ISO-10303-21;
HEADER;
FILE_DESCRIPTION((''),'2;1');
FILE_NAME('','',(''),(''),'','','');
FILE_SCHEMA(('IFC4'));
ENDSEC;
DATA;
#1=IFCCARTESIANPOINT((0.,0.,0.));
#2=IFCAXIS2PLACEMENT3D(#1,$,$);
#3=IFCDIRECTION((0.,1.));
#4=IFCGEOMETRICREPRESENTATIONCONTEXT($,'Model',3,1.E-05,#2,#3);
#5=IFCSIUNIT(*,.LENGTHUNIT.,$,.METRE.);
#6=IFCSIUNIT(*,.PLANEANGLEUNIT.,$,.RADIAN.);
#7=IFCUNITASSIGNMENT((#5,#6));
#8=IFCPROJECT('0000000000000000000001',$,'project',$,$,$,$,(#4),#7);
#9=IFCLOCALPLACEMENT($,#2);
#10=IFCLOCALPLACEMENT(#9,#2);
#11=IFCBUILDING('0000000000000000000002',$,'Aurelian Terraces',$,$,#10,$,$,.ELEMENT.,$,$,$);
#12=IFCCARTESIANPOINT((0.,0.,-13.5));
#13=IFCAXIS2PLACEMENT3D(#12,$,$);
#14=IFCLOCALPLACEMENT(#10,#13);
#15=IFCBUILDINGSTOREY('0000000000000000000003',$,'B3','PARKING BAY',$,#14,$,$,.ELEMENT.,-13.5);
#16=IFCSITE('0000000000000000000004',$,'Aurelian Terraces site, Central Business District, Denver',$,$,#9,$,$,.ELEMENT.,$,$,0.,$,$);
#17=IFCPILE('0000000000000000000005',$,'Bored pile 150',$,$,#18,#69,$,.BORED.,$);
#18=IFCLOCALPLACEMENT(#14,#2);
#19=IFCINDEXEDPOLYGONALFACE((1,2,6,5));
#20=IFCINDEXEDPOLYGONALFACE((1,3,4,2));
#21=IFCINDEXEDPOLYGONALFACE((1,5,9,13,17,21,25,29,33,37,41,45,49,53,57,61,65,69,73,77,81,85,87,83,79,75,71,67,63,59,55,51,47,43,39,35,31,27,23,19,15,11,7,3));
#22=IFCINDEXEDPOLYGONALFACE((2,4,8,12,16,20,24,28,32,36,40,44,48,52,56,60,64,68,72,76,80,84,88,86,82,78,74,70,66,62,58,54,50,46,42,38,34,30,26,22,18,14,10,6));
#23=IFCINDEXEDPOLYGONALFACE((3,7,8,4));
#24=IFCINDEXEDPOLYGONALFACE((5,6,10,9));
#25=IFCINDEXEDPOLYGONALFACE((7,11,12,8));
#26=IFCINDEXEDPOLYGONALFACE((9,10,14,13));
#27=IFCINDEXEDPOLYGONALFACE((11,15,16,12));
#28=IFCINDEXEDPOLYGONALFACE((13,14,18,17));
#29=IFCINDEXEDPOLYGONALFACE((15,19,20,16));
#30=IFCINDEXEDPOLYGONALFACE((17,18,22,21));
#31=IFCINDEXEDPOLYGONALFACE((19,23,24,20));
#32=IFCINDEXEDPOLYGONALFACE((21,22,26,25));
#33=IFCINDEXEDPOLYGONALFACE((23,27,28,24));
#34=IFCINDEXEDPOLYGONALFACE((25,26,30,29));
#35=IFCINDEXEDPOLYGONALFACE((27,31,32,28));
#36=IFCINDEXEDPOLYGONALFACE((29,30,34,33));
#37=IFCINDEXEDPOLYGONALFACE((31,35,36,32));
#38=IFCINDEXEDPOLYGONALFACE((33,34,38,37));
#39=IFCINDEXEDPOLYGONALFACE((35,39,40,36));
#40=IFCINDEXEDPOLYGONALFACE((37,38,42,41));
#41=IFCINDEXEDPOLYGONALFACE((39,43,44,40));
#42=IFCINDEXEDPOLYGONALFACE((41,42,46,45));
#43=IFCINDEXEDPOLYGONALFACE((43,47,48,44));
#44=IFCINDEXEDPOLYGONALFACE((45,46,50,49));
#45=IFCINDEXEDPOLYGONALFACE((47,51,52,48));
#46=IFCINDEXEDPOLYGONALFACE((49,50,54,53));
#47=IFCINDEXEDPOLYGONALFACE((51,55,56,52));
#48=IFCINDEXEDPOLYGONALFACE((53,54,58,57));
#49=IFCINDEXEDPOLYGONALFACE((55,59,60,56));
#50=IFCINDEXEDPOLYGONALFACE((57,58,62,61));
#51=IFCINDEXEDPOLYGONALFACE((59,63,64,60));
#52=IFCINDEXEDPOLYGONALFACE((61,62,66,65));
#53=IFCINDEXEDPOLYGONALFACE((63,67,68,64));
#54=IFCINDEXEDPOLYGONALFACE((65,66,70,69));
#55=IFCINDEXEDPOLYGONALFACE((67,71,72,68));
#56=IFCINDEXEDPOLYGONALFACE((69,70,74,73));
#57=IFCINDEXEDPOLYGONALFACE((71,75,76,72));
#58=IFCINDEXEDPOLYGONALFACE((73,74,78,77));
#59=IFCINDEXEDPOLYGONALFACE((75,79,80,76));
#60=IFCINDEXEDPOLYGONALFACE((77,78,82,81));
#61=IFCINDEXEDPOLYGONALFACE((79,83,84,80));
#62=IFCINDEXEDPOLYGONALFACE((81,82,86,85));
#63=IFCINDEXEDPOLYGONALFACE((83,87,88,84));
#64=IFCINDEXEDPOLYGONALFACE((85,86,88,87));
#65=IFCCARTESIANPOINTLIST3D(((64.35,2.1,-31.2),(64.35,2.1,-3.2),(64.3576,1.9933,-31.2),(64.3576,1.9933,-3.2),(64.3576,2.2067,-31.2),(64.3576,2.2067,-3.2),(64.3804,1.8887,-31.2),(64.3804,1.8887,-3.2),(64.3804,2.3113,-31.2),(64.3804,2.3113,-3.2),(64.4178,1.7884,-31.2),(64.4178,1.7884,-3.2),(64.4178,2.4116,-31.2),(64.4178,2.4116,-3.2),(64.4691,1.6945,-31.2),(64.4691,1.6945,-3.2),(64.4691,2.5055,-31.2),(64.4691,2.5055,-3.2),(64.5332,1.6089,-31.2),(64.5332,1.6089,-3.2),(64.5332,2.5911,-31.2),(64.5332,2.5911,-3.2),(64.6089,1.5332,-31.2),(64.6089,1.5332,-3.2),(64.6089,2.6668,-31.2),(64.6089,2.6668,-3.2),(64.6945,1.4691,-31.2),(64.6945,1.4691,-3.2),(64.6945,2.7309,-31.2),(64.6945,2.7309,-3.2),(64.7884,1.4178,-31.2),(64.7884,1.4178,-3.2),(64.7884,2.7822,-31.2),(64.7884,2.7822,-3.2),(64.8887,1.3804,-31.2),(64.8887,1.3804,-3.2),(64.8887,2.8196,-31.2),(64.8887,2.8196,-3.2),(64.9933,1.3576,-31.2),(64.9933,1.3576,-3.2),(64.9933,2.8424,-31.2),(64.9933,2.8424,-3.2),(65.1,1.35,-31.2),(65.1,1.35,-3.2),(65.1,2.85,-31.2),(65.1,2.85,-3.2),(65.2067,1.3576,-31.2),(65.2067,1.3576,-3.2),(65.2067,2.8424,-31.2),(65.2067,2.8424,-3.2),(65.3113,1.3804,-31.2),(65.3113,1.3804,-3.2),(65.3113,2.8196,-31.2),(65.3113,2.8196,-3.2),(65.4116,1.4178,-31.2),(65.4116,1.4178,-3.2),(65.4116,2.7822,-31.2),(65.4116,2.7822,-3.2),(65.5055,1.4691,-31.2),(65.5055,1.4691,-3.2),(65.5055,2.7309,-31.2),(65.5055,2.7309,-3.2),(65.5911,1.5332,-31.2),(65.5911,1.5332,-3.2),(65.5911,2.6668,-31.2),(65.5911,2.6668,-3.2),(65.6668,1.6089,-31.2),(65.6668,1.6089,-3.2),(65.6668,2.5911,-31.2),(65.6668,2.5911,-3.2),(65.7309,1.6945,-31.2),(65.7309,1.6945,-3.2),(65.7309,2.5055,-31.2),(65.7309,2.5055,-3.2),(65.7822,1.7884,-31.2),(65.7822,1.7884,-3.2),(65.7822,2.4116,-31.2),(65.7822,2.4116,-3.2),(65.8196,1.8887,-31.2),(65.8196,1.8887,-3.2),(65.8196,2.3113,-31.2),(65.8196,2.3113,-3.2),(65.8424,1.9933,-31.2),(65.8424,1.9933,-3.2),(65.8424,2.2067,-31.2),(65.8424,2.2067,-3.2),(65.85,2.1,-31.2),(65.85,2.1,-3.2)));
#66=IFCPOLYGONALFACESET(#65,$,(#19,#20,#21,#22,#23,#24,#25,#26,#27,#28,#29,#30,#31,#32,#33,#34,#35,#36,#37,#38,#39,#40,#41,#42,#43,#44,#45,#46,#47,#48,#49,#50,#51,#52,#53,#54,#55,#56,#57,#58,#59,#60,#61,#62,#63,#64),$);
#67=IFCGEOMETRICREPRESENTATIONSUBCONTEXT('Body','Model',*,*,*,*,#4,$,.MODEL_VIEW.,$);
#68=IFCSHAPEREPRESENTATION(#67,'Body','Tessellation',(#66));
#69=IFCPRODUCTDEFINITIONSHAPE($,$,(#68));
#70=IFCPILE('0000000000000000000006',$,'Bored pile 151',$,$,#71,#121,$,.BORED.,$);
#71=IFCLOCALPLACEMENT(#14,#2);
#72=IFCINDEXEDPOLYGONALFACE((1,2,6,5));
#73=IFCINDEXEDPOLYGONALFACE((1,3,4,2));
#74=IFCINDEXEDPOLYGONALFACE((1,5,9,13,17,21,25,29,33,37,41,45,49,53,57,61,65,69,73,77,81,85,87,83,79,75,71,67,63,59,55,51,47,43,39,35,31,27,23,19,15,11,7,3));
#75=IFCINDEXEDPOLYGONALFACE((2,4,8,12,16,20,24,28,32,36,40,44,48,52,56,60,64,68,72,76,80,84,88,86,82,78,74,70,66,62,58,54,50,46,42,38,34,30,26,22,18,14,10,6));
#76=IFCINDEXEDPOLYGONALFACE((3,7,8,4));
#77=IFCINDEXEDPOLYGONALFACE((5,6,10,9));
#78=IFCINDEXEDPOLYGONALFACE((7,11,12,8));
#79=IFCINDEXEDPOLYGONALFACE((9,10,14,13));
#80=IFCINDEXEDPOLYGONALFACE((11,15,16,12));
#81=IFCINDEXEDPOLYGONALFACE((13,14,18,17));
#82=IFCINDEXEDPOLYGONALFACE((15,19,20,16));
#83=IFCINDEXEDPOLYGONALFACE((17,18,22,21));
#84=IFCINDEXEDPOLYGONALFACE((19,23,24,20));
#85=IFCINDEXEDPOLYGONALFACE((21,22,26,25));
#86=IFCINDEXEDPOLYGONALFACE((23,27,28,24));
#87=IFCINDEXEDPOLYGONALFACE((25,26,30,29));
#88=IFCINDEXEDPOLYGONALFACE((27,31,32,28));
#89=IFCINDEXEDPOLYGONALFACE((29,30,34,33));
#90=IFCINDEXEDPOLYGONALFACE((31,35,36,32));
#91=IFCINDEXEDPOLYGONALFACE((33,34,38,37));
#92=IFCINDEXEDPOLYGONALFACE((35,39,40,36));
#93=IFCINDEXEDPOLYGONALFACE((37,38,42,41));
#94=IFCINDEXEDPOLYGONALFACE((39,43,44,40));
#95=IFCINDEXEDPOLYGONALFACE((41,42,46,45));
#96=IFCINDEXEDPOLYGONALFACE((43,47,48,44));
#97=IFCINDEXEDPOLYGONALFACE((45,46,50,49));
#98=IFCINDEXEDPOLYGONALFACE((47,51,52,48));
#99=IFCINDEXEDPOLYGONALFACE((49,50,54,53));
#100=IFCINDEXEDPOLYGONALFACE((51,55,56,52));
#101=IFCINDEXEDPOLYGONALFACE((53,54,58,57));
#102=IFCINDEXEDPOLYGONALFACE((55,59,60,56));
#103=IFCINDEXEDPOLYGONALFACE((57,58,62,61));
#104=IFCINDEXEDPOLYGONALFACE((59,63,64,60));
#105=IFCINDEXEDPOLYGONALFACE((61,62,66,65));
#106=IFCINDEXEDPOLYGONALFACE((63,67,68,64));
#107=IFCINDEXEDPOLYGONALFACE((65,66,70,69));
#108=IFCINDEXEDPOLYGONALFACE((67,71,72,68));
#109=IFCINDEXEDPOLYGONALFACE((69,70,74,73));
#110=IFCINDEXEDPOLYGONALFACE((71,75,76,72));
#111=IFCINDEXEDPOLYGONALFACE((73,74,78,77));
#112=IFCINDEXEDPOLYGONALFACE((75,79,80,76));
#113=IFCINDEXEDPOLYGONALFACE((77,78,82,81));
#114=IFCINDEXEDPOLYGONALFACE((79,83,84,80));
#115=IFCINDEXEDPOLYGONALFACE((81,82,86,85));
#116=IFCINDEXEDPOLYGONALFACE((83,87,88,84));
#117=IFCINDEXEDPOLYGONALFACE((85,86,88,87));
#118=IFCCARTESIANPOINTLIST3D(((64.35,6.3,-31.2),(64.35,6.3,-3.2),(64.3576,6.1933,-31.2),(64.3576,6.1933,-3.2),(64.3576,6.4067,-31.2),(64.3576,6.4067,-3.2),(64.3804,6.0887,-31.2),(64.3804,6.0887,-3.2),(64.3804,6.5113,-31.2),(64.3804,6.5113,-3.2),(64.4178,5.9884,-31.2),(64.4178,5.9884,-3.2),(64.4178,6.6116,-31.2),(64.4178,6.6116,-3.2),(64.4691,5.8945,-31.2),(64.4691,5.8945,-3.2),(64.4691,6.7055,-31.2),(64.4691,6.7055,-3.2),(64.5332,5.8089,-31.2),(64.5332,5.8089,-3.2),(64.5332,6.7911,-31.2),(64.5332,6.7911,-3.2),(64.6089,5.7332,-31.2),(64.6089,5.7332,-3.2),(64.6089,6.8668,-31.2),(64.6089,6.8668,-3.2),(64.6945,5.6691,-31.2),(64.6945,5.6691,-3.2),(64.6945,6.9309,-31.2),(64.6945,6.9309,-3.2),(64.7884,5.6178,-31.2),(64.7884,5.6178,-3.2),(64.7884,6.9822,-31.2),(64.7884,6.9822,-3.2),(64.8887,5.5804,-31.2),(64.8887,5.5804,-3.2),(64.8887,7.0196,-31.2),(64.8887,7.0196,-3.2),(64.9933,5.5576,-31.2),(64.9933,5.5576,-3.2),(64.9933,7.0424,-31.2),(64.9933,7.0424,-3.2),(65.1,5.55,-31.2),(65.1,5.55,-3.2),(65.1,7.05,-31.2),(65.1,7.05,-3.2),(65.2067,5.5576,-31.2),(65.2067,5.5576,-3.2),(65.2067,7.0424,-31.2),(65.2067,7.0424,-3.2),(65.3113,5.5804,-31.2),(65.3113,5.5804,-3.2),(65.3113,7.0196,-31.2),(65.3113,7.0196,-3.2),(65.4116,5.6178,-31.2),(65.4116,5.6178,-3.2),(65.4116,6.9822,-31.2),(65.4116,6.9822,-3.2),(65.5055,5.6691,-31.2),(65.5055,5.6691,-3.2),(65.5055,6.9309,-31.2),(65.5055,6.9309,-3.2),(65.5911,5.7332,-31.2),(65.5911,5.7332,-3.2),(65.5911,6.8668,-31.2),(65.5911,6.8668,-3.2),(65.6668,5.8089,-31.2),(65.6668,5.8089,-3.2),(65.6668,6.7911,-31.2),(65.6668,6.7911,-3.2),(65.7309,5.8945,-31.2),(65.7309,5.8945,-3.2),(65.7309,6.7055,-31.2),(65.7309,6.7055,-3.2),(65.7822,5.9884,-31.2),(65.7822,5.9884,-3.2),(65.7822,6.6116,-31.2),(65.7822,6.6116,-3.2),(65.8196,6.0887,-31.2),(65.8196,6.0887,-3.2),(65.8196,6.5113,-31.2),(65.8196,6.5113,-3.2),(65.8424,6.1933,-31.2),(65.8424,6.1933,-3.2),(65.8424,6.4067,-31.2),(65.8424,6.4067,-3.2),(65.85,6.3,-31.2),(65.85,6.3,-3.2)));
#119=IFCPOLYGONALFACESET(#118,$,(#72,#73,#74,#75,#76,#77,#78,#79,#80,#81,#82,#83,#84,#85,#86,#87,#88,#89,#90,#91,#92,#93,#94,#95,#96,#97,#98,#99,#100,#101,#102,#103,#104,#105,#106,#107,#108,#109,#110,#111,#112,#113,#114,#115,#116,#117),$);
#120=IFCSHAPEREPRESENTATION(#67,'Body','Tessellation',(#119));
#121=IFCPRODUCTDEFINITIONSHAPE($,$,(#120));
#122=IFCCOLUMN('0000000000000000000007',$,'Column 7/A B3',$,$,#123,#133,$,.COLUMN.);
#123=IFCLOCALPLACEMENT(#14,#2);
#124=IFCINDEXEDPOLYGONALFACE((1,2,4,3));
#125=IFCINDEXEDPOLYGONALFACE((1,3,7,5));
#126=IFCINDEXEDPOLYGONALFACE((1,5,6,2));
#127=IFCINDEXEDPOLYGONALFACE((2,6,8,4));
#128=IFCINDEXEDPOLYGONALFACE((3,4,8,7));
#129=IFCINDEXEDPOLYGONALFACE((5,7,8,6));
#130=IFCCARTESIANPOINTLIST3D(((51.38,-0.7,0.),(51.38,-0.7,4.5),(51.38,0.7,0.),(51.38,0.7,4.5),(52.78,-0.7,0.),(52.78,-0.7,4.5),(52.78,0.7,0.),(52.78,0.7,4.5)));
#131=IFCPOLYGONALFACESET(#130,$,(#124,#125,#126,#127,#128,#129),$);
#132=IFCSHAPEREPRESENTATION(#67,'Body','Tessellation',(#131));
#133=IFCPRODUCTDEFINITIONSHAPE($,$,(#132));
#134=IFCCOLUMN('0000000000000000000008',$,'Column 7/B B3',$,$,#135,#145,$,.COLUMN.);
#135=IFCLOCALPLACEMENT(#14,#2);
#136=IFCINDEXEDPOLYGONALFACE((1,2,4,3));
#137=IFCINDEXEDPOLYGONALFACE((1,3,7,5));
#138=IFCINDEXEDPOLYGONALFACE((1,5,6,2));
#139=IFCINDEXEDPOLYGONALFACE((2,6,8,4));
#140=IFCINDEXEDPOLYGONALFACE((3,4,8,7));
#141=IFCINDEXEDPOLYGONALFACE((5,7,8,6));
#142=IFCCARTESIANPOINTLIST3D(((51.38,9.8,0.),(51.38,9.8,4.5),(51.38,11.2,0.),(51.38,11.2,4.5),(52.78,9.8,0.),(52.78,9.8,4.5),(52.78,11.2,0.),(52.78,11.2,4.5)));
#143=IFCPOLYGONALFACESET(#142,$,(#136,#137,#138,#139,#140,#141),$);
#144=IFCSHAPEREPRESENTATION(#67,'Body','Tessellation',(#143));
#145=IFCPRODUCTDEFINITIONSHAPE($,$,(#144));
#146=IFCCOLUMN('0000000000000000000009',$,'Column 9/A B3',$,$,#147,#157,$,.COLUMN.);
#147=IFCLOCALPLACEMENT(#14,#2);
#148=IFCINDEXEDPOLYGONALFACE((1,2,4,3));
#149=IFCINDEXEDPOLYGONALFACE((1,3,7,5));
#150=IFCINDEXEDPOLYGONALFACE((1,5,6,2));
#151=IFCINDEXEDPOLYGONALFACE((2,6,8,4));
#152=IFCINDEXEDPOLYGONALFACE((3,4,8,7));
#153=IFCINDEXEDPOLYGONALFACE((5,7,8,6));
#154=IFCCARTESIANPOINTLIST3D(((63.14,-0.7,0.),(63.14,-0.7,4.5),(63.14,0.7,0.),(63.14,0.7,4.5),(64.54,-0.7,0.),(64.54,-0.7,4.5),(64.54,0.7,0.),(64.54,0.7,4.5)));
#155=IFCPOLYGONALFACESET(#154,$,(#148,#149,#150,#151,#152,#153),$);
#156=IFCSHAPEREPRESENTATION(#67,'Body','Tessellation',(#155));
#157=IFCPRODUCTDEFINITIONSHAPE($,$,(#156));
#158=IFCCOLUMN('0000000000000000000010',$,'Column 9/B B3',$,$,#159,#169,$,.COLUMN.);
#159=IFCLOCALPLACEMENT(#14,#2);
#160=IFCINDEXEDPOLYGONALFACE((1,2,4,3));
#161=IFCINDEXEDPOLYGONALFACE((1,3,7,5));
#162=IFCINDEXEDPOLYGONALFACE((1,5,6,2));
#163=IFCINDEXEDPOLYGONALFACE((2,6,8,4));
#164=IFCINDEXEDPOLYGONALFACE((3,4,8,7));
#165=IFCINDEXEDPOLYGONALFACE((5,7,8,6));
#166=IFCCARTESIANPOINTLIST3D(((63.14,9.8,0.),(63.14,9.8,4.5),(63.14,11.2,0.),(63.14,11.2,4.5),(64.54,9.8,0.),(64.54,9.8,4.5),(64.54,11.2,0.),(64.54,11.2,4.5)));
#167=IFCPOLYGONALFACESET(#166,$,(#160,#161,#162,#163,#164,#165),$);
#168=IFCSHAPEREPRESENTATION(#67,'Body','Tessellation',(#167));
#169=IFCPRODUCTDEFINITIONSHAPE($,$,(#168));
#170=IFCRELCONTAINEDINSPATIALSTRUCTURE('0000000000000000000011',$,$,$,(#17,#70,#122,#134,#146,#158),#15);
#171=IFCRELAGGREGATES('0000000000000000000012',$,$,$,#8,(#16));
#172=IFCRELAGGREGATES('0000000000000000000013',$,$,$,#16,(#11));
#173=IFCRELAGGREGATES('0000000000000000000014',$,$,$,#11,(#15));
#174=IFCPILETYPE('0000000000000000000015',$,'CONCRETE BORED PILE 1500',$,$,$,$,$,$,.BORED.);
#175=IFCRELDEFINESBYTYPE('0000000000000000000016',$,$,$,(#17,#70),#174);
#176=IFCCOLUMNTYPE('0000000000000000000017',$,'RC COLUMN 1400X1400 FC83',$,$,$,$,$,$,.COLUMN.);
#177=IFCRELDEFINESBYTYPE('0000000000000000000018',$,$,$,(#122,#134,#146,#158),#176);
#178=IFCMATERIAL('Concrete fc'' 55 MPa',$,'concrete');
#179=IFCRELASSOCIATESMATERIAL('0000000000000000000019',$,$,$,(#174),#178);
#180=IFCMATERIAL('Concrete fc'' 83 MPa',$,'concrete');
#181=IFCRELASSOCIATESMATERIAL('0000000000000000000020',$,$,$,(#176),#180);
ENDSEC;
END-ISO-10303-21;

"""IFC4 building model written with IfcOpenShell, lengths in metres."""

from ifc_helpers import new_model, si_unit, direction, frame, origin, origin_2d, place, context, subcontext, project, spatial, rectangle, circle, extrude, source, transform, mapped, material, material_profile, profile_set, type_object, element, save


model = new_model("IFC4")

# Units and contexts
model_context = context("Model", 3, precision=1e-05, world=origin(), true_north=direction((0.0, 1.0)))
body_context = subcontext(model_context, "Body", "Model", "MODEL_VIEW")
ifc_project = project(units=[si_unit("LENGTHUNIT", "METRE"), si_unit("PLANEANGLEUNIT", "RADIAN")], contexts=[model_context])

# Site, building, storey
site_placement = place(None, origin())
site = spatial("IfcSite", under=ifc_project, at=site_placement, Name="Aurelian Terraces site, Central Business District, Denver", CompositionType="ELEMENT", RefElevation=0.0)
building_placement = place(site_placement, origin())
building = spatial("IfcBuilding", under=site, at=building_placement, Name="Aurelian Terraces", CompositionType="ELEMENT")
storey_placement = place(building_placement, frame((0.0, 0.0, -13.5)))
storey = spatial("IfcBuildingStorey", under=building, at=storey_placement, Name="B3", Description="PARKING BAY", CompositionType="ELEMENT", Elevation=-13.5)

# Piles
ifc_material_1 = material(Name="Concrete fc' 55 MPa", Category="concrete")
ifc_material_profile_1 = material_profile(ifc_material_1, circle(Radius=0.75, at=origin_2d()))
ifc_profile_set_1 = profile_set([ifc_material_profile_1], Name="Concrete fc' 55 MPa")
pile_type = type_object("IfcPileType", Name="CONCRETE BORED PILE 1500", PredefinedType="BORED", material=ifc_profile_set_1)
shared_shape_1 = source(origin(), body_context, "Body", "SweptSolid", [
    extrude(circle(Radius=0.75, at=origin_2d()), origin(), (0.0, 0.0, 1.0), 28.0),
])
for number, where, z_axis, x_axis, name in (
    (1, (65.1, 2.1, -3.2), (0.0, 0.0, -1.0), (1.0, 0.0, 0.0), "Bored pile 150"),
    (2, (65.1, 6.3, -3.2), (0.0, 0.0, -1.0), (1.0, 0.0, 0.0), "Bored pile 151"),
):
    element("IfcPile", number, at=place(storey_placement, frame(where, z_axis=z_axis, x_axis=x_axis)), inside=storey, type_object=pile_type, Name=name, PredefinedType="BORED", context=body_context, shape_type="MappedRepresentation", body=[
        mapped(shared_shape_1, transform((0.0, 0.0, 0.0), scale=1.0)),
    ])

# Columns
ifc_material_2 = material(Name="Concrete fc' 83 MPa", Category="concrete")
ifc_material_profile_2 = material_profile(ifc_material_2, rectangle(XDim=1.4, YDim=1.4, at=origin_2d()))
ifc_profile_set_2 = profile_set([ifc_material_profile_2], Name="Concrete fc' 83 MPa")
column_type = type_object("IfcColumnType", Name="RC COLUMN 1400X1400 FC83", PredefinedType="COLUMN", material=ifc_profile_set_2)
shared_shape_2 = source(origin(), body_context, "Body", "SweptSolid", [
    extrude(rectangle(XDim=1.4, YDim=1.4, at=origin_2d()), origin(), (0.0, 0.0, 1.0), 4.5),
])
for number, where, z_axis, x_axis, name in (
    (3, (52.08, 0.0, 0.0), (0.0, 0.0, 1.0), (1.0, 0.0, 0.0), "Column 7/A B3"),
    (4, (52.08, 10.5, 0.0), (0.0, 0.0, 1.0), (1.0, 0.0, 0.0), "Column 7/B B3"),
    (5, (63.84, 0.0, 0.0), (0.0, 0.0, 1.0), (1.0, 0.0, 0.0), "Column 9/A B3"),
    (6, (63.84, 10.5, 0.0), (0.0, 0.0, 1.0), (1.0, 0.0, 0.0), "Column 9/B B3"),
):
    element("IfcColumn", number, at=place(storey_placement, frame(where, z_axis=z_axis, x_axis=x_axis)), inside=storey, type_object=column_type, Name=name, PredefinedType="COLUMN", context=body_context, shape_type="MappedRepresentation", body=[
        mapped(shared_shape_2, transform((0.0, 0.0, 0.0), scale=1.0)),
    ])

save(model, "model.ifc")
